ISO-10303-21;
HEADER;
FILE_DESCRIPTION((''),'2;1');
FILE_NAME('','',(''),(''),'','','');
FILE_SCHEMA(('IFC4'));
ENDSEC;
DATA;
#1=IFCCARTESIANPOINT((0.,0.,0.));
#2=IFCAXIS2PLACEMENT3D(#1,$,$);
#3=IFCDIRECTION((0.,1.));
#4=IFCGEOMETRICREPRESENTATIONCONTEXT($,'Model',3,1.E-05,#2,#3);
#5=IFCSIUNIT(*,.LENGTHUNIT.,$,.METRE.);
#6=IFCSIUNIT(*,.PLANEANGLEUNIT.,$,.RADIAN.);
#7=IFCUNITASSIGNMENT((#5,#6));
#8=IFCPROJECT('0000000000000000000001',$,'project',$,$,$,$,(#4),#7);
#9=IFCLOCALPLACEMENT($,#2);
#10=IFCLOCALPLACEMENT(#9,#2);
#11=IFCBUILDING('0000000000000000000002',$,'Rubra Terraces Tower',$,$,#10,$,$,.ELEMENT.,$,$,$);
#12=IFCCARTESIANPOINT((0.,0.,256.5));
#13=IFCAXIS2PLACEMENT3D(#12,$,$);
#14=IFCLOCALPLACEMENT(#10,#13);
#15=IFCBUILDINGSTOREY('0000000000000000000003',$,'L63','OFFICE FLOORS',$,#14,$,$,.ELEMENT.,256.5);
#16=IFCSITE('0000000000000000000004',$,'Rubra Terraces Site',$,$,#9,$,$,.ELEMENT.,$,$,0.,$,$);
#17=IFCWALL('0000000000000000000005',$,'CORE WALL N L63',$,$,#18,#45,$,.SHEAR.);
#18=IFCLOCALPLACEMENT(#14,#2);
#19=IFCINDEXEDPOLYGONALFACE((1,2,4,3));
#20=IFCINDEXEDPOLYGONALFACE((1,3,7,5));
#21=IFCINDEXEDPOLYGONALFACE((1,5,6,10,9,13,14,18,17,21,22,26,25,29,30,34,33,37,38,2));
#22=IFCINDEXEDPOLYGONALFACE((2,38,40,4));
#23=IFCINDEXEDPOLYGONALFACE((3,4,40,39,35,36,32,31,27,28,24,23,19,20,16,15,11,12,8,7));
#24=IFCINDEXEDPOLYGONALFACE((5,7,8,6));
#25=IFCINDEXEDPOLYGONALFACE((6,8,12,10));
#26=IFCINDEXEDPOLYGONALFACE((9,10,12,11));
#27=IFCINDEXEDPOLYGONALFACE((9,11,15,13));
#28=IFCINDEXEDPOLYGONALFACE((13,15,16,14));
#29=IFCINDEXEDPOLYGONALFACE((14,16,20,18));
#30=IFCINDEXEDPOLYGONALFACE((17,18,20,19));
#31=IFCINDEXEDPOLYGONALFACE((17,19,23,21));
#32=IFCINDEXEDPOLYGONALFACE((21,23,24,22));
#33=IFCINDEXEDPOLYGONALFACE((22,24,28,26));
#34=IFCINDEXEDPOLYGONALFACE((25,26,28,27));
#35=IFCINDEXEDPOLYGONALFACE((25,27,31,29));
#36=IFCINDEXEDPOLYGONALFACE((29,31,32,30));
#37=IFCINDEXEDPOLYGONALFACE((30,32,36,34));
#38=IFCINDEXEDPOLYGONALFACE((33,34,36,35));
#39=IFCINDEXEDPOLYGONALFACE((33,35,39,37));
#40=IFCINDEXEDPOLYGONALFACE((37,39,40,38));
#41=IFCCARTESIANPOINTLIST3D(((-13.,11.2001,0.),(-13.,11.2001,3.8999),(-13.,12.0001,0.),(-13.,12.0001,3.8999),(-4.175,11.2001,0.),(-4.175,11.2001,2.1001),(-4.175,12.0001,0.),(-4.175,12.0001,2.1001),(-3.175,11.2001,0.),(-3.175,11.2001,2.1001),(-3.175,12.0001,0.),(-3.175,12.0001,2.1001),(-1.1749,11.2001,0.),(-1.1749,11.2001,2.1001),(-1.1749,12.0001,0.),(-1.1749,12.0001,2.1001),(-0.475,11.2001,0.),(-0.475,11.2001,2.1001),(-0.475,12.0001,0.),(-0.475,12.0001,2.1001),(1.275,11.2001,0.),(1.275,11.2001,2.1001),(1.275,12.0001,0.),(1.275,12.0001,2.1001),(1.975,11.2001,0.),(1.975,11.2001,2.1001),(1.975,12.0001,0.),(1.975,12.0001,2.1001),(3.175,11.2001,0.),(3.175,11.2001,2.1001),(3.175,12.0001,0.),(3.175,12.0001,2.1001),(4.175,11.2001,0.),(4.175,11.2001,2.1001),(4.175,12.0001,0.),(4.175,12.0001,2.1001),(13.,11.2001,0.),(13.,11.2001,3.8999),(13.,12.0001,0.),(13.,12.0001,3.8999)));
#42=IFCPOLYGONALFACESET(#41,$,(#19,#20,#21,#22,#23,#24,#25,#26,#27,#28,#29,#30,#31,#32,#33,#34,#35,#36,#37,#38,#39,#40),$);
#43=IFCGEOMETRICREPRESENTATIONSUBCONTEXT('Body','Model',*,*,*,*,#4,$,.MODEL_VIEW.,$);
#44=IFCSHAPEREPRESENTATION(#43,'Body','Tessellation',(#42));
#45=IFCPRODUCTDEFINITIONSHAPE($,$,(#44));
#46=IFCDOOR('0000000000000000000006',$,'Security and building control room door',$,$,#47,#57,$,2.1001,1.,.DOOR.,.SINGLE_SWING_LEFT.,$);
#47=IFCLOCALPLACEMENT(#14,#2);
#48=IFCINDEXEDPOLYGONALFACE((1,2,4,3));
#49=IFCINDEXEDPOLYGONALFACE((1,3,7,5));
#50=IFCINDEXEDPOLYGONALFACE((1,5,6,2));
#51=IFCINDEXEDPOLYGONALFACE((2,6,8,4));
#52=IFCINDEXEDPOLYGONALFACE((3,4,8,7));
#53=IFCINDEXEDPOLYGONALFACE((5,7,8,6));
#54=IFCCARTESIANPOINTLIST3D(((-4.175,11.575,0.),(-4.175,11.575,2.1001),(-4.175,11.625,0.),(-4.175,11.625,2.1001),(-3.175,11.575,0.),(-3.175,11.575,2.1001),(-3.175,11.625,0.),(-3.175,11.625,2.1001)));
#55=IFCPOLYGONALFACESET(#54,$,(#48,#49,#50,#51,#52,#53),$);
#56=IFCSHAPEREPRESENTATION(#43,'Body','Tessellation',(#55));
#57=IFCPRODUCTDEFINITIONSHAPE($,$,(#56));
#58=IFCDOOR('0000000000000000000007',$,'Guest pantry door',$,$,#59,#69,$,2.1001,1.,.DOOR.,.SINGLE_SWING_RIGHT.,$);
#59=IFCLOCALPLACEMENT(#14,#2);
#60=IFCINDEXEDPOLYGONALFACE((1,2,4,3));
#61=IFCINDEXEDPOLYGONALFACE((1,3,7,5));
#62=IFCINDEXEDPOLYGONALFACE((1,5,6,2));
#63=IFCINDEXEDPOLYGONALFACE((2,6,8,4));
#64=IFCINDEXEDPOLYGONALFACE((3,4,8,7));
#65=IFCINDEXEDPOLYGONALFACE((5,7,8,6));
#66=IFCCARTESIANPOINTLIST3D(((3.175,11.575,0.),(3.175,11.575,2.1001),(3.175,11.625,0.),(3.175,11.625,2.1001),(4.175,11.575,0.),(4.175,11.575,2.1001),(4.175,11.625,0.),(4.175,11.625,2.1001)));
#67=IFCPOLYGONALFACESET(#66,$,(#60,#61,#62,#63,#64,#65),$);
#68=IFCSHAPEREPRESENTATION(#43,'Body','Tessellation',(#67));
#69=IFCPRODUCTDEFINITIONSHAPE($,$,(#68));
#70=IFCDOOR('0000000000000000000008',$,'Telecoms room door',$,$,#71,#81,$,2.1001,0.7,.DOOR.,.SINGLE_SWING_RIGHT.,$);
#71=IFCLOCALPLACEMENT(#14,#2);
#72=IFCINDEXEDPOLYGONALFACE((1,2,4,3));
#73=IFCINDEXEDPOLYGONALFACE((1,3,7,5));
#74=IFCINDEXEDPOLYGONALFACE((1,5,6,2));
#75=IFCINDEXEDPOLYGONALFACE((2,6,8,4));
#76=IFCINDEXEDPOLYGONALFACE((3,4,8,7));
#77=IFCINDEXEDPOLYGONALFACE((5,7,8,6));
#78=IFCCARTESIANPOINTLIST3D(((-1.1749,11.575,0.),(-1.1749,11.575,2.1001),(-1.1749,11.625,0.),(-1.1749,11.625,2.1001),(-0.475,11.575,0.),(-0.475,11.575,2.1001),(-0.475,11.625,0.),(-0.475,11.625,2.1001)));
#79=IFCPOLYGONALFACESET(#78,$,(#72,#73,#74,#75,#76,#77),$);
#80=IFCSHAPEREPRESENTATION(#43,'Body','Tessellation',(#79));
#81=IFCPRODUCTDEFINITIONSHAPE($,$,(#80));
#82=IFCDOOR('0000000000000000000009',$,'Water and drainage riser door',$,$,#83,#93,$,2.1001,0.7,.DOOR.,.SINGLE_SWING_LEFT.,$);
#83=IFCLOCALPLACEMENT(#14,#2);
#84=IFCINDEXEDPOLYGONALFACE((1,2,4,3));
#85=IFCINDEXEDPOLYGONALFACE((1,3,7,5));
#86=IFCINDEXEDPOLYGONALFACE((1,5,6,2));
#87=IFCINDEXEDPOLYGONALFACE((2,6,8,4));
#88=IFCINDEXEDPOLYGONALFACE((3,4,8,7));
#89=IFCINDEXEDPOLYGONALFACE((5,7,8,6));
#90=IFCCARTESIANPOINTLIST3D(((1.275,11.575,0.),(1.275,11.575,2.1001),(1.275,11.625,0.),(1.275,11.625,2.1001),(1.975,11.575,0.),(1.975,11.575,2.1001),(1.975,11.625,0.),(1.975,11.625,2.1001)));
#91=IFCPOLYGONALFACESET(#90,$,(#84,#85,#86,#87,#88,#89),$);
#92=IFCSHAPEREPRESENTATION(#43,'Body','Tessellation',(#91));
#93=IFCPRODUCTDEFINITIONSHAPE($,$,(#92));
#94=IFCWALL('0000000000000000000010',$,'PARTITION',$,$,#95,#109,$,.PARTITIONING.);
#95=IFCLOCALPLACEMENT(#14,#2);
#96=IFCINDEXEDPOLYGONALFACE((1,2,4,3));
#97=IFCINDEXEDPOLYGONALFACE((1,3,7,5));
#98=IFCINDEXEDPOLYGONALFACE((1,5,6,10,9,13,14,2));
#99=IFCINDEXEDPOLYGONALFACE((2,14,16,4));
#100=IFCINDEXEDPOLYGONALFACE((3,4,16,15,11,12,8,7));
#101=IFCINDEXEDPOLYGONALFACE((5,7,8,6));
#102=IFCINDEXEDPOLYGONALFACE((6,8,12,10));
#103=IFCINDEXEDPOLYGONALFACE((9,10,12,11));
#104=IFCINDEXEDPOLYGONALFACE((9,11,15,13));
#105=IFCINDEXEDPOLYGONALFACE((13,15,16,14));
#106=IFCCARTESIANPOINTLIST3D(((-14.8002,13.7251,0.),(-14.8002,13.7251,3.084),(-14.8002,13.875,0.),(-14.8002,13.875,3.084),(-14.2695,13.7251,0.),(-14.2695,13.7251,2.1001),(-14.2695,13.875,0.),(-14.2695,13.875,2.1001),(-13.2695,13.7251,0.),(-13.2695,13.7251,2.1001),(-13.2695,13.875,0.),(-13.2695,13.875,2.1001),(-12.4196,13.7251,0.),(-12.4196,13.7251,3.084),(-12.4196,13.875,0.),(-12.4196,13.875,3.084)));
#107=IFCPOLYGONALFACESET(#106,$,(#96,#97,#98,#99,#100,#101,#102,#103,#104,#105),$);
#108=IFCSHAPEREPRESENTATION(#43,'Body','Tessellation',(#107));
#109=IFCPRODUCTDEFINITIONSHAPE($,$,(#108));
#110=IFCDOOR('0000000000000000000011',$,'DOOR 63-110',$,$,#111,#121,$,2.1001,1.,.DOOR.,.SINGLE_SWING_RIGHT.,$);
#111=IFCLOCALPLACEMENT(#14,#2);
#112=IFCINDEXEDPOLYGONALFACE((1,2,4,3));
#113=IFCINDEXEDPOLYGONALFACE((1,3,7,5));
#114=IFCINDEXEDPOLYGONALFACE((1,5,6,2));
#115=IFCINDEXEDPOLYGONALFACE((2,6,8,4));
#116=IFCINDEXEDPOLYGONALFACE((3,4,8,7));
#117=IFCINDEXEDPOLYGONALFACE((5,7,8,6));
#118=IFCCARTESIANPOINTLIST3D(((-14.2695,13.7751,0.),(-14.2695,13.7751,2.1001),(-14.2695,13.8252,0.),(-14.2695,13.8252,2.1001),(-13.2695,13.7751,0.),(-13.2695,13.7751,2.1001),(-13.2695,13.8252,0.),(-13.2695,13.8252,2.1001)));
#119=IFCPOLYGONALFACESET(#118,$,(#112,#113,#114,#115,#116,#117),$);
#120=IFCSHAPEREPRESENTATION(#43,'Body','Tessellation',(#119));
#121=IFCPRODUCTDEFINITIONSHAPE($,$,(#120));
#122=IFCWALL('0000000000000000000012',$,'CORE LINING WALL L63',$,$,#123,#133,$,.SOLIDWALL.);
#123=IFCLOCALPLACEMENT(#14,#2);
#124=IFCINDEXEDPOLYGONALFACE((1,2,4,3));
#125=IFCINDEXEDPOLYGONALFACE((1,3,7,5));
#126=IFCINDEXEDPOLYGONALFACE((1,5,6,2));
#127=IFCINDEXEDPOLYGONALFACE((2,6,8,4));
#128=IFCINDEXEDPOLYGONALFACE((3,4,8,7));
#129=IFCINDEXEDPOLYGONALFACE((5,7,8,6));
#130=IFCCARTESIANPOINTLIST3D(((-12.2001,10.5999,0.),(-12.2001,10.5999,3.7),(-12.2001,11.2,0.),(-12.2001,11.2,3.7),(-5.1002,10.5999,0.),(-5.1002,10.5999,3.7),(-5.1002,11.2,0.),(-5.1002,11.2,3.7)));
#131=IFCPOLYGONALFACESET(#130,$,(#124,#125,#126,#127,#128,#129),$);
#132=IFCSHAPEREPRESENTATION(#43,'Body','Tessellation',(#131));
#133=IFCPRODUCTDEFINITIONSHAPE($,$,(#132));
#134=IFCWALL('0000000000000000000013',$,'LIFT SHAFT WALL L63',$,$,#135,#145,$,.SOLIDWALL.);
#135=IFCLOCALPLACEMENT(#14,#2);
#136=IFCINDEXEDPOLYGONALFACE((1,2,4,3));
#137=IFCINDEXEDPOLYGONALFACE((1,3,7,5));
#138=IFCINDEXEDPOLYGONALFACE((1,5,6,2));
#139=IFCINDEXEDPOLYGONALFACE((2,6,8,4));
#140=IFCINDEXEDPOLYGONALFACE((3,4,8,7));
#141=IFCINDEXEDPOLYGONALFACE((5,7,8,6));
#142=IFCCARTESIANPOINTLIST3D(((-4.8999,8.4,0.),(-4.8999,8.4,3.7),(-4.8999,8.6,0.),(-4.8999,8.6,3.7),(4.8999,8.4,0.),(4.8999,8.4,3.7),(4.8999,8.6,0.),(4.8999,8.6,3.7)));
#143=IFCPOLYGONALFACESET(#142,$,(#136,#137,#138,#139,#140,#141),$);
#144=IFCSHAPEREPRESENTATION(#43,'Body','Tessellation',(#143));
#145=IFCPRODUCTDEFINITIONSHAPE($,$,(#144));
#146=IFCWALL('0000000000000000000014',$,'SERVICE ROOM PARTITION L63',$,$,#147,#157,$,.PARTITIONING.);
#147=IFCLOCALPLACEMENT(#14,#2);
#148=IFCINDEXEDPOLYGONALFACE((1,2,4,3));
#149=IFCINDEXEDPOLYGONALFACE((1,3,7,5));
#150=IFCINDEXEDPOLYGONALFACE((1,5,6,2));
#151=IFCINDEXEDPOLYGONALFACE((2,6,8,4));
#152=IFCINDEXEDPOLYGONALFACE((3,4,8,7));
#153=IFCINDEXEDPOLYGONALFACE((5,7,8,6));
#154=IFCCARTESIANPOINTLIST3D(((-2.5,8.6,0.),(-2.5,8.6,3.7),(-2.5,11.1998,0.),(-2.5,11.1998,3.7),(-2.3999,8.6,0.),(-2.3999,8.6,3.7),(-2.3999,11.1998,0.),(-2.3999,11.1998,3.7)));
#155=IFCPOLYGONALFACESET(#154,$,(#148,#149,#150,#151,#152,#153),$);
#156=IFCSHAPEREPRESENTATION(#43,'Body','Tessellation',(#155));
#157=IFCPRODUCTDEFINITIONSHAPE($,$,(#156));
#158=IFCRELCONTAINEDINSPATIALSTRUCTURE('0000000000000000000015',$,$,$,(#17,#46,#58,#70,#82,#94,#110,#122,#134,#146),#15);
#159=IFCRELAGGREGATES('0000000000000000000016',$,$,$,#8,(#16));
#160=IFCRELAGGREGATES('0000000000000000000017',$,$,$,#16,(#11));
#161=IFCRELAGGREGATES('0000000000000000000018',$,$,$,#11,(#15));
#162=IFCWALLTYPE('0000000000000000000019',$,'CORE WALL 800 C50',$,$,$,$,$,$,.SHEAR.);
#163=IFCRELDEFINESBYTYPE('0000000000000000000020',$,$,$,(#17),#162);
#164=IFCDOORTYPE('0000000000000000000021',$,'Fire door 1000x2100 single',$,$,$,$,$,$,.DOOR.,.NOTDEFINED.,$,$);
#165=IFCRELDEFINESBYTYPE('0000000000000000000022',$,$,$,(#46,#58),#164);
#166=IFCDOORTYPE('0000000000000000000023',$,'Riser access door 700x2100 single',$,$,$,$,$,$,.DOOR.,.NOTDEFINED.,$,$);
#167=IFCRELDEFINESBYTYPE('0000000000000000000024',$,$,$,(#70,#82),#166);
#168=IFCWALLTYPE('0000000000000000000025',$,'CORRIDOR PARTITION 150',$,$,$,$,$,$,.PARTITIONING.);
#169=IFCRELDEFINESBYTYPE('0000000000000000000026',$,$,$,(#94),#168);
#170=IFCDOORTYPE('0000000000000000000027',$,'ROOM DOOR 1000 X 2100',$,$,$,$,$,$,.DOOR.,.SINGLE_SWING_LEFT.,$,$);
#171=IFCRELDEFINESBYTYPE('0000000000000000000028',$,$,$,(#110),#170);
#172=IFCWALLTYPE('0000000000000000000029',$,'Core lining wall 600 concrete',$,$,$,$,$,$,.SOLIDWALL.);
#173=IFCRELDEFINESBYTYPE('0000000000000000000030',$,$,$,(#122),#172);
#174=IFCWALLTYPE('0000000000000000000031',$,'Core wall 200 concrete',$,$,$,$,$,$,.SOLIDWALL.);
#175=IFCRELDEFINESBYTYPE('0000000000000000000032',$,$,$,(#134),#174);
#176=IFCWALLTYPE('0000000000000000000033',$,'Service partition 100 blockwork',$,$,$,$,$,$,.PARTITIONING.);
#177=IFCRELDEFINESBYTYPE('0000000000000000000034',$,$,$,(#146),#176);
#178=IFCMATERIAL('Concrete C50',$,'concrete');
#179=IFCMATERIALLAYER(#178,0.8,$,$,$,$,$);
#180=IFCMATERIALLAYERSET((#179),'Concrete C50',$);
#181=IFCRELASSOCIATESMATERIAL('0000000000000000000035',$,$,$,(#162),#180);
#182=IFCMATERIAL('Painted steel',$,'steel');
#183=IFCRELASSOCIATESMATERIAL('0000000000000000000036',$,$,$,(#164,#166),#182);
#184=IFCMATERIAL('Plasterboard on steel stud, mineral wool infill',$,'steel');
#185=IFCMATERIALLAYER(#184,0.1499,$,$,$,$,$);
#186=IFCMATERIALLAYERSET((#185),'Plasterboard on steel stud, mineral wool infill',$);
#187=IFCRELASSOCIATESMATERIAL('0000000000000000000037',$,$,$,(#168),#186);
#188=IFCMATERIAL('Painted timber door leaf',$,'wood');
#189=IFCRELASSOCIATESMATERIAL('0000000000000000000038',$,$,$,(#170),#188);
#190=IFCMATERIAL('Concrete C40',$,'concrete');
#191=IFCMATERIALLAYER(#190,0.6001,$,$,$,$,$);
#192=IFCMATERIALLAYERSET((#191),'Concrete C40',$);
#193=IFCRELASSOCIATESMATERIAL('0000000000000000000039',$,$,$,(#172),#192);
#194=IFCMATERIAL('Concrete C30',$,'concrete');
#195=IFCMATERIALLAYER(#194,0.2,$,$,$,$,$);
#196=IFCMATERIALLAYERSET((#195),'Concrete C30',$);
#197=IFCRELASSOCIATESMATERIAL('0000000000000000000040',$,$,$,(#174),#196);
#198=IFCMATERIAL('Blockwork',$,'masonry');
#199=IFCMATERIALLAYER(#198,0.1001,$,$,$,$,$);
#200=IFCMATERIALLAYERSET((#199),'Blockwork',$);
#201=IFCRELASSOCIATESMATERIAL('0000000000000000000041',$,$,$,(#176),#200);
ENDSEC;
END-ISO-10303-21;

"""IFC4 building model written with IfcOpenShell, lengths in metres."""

from ifc_helpers import new_model, si_unit, direction, frame, frame_2d, origin, place, context, subcontext, project, spatial, rectangle, extrude, material, layer, layer_set, type_object, element, fill, save


model = new_model("IFC4")

# Units and contexts
model_context = context("Model", 3, precision=1e-05, world=origin(), true_north=direction((0.0, 1.0)))
body_context = subcontext(model_context, "Body", "Model", "MODEL_VIEW")
ifc_project = project(units=[si_unit("LENGTHUNIT", "METRE"), si_unit("PLANEANGLEUNIT", "RADIAN")], contexts=[model_context])

# Site, building, storey
site_placement = place(None, origin())
site = spatial("IfcSite", under=ifc_project, at=site_placement, Name="Rubra Terraces Site", CompositionType="ELEMENT", RefElevation=0.0)
building_placement = place(site_placement, origin())
building = spatial("IfcBuilding", under=site, at=building_placement, Name="Rubra Terraces Tower", CompositionType="ELEMENT")
storey_placement = place(building_placement, frame((0.0, 0.0, 256.5)))
storey = spatial("IfcBuildingStorey", under=building, at=storey_placement, Name="L63", Description="OFFICE FLOORS", CompositionType="ELEMENT", Elevation=256.5)

# Wall, openings, doors
ifc_material_1 = material(Name="Concrete C50", Category="concrete")
ifc_layer_1 = layer(ifc_material_1, 0.8)
ifc_layer_set_1 = layer_set([ifc_layer_1], Name="Concrete C50")
wall_type_1 = type_object("IfcWallType", Name="CORE WALL 800 C50", PredefinedType="SHEAR", material=ifc_layer_set_1)
wall_1_placement = place(storey_placement, frame((-13.0, 11.6001, 0.0), z_axis=(0.0, 0.0, 1.0), x_axis=(1.0, 0.0, 0.0)))
wall_1 = element("IfcWall", 1, at=wall_1_placement, inside=storey, type_object=wall_type_1, Name="CORE WALL N L63", PredefinedType="SHEAR", context=body_context, shape_type="SweptSolid", body=[
    extrude(rectangle(XDim=26.0, YDim=0.8, at=frame_2d((13.0, 0.0))), origin(), (0.0, 0.0, 1.0), 3.8999),
])
opening_1_placement = place(wall_1_placement, frame((8.825, 0.0, 0.0)))
opening_1 = element("IfcOpeningElement", 2, at=opening_1_placement, cuts=wall_1, PredefinedType="OPENING", context=body_context, shape_type="SweptSolid", body=[
    extrude(rectangle(XDim=1.0, YDim=2.1001, at=frame_2d((0.5, 1.05))), frame((0.0, 0.4099, 0.0), z_axis=(0.0, -1.0, 0.0), x_axis=(1.0, 0.0, 0.0)), (0.0, 0.0, 1.0), 0.8201),
])
opening_2_placement = place(wall_1_placement, frame((11.825, 0.0, 0.0)))
opening_2 = element("IfcOpeningElement", 3, at=opening_2_placement, cuts=wall_1, PredefinedType="OPENING", context=body_context, shape_type="SweptSolid", body=[
    extrude(rectangle(XDim=0.7, YDim=2.1001, at=frame_2d((0.3501, 1.05))), frame((0.0, 0.4099, 0.0), z_axis=(0.0, -1.0, 0.0), x_axis=(1.0, 0.0, 0.0)), (0.0, 0.0, 1.0), 0.8201),
])
opening_3_placement = place(wall_1_placement, frame((14.2749, 0.0, 0.0)))
opening_3 = element("IfcOpeningElement", 4, at=opening_3_placement, cuts=wall_1, PredefinedType="OPENING", context=body_context, shape_type="SweptSolid", body=[
    extrude(rectangle(XDim=0.7, YDim=2.1001, at=frame_2d((0.3501, 1.05))), frame((0.0, 0.4099, 0.0), z_axis=(0.0, -1.0, 0.0), x_axis=(1.0, 0.0, 0.0)), (0.0, 0.0, 1.0), 0.8201),
])
opening_4_placement = place(wall_1_placement, frame((16.175, 0.0, 0.0)))
opening_4 = element("IfcOpeningElement", 5, at=opening_4_placement, cuts=wall_1, PredefinedType="OPENING", context=body_context, shape_type="SweptSolid", body=[
    extrude(rectangle(XDim=1.0, YDim=2.1001, at=frame_2d((0.5, 1.05))), frame((0.0, 0.4099, 0.0), z_axis=(0.0, -1.0, 0.0), x_axis=(1.0, 0.0, 0.0)), (0.0, 0.0, 1.0), 0.8201),
])
ifc_material_2 = material(Name="Painted steel", Category="steel")
door_type_1 = type_object("IfcDoorType", Name="Fire door 1000x2100 single", OperationType="NOTDEFINED", PredefinedType="DOOR", material=ifc_material_2)
door_1_placement = place(opening_1_placement, origin())
door_1 = element("IfcDoor", 6, at=door_1_placement, inside=storey, type_object=door_type_1, Name="Security and building control room door", OperationType="SINGLE_SWING_LEFT", OverallHeight=2.1001, OverallWidth=1.0, PredefinedType="DOOR", context=body_context, shape_type="SweptSolid", body=[
    extrude(rectangle(XDim=1.0, YDim=2.1001, at=frame_2d((0.5, 1.05))), frame((0.0, 0.0249, 0.0), z_axis=(0.0, -1.0, 0.0), x_axis=(1.0, 0.0, 0.0)), (0.0, 0.0, 1.0), 0.05),
])
fill(opening_1, door_1)
door_2_placement = place(opening_4_placement, origin())
door_2 = element("IfcDoor", 7, at=door_2_placement, inside=storey, type_object=door_type_1, Name="Guest pantry door", OperationType="SINGLE_SWING_RIGHT", OverallHeight=2.1001, OverallWidth=1.0, PredefinedType="DOOR", context=body_context, shape_type="SweptSolid", body=[
    extrude(rectangle(XDim=1.0, YDim=2.1001, at=frame_2d((0.5, 1.05))), frame((0.0, 0.0249, 0.0), z_axis=(0.0, -1.0, 0.0), x_axis=(1.0, 0.0, 0.0)), (0.0, 0.0, 1.0), 0.05),
])
fill(opening_4, door_2)
door_type_2 = type_object("IfcDoorType", Name="Riser access door 700x2100 single", OperationType="NOTDEFINED", PredefinedType="DOOR", material=ifc_material_2)
door_3_placement = place(opening_2_placement, origin())
door_3 = element("IfcDoor", 8, at=door_3_placement, inside=storey, type_object=door_type_2, Name="Telecoms room door", OperationType="SINGLE_SWING_RIGHT", OverallHeight=2.1001, OverallWidth=0.7, PredefinedType="DOOR", context=body_context, shape_type="SweptSolid", body=[
    extrude(rectangle(XDim=0.7, YDim=2.1001, at=frame_2d((0.3501, 1.05))), frame((0.0, 0.0249, 0.0), z_axis=(0.0, -1.0, 0.0), x_axis=(1.0, 0.0, 0.0)), (0.0, 0.0, 1.0), 0.05),
])
fill(opening_2, door_3)
door_4_placement = place(opening_3_placement, origin())
door_4 = element("IfcDoor", 9, at=door_4_placement, inside=storey, type_object=door_type_2, Name="Water and drainage riser door", OperationType="SINGLE_SWING_LEFT", OverallHeight=2.1001, OverallWidth=0.7, PredefinedType="DOOR", context=body_context, shape_type="SweptSolid", body=[
    extrude(rectangle(XDim=0.7, YDim=2.1001, at=frame_2d((0.3501, 1.05))), frame((0.0, 0.0249, 0.0), z_axis=(0.0, -1.0, 0.0), x_axis=(1.0, 0.0, 0.0)), (0.0, 0.0, 1.0), 0.05),
])
fill(opening_3, door_4)

# Wall, opening, door
ifc_material_3 = material(Name="Plasterboard on steel stud, mineral wool infill", Category="steel")
ifc_layer_2 = layer(ifc_material_3, 0.1499)
ifc_layer_set_2 = layer_set([ifc_layer_2], Name="Plasterboard on steel stud, mineral wool infill")
wall_type_2 = type_object("IfcWallType", Name="CORRIDOR PARTITION 150", PredefinedType="PARTITIONING", material=ifc_layer_set_2)
wall_2_placement = place(storey_placement, frame((-12.4194, 13.8, 0.0), z_axis=(0.0, 0.0, 1.0), x_axis=(-1.0, 0.0, 0.0)))
wall_2 = element("IfcWall", 10, at=wall_2_placement, inside=storey, type_object=wall_type_2, Name="PARTITION", PredefinedType="PARTITIONING", context=body_context, shape_type="SweptSolid", body=[
    extrude(rectangle(XDim=2.3806, YDim=0.1499, at=frame_2d((1.1904, 0.0))), origin(), (0.0, 0.0, 1.0), 3.084),
])
opening_5_placement = place(wall_2_placement, frame((0.8501, 0.0, 0.0)))
opening_5 = element("IfcOpeningElement", 11, at=opening_5_placement, cuts=wall_2, PredefinedType="OPENING", context=body_context, shape_type="SweptSolid", body=[
    extrude(rectangle(XDim=1.0, YDim=2.1001, at=frame_2d((0.5, 1.05))), frame((0.0, 0.085, 0.0), z_axis=(0.0, -1.0, 0.0), x_axis=(1.0, 0.0, 0.0)), (0.0, 0.0, 1.0), 0.1699),
])
ifc_material_4 = material(Name="Painted timber door leaf", Category="wood")
door_type_3 = type_object("IfcDoorType", Name="ROOM DOOR 1000 X 2100", OperationType="SINGLE_SWING_LEFT", PredefinedType="DOOR", material=ifc_material_4)
door_5_placement = place(opening_5_placement, origin())
door_5 = element("IfcDoor", 12, at=door_5_placement, inside=storey, type_object=door_type_3, Name="DOOR 63-110", OperationType="SINGLE_SWING_RIGHT", OverallHeight=2.1001, OverallWidth=1.0, PredefinedType="DOOR", context=body_context, shape_type="SweptSolid", body=[
    extrude(rectangle(XDim=1.0, YDim=2.1001, at=frame_2d((0.5, 1.05))), frame((0.0, 0.0249, 0.0), z_axis=(0.0, -1.0, 0.0), x_axis=(1.0, 0.0, 0.0)), (0.0, 0.0, 1.0), 0.05),
])
fill(opening_5, door_5)

# Walls
ifc_material_5 = material(Name="Concrete C40", Category="concrete")
ifc_layer_3 = layer(ifc_material_5, 0.6001)
ifc_layer_set_3 = layer_set([ifc_layer_3], Name="Concrete C40")
wall_type_3 = type_object("IfcWallType", Name="Core lining wall 600 concrete", PredefinedType="SOLIDWALL", material=ifc_layer_set_3)
wall_3_placement = place(storey_placement, frame((-12.2, 10.8999, 0.0), z_axis=(0.0, 0.0, 1.0), x_axis=(1.0, 0.0, 0.0)))
element("IfcWall", 13, at=wall_3_placement, inside=storey, type_object=wall_type_3, Name="CORE LINING WALL L63", PredefinedType="SOLIDWALL", context=body_context, shape_type="SweptSolid", body=[
    extrude(rectangle(XDim=7.0999, YDim=0.6001, at=frame_2d((3.5498, 0.0))), origin(), (0.0, 0.0, 1.0), 3.7),
])
ifc_material_6 = material(Name="Concrete C30", Category="concrete")
ifc_layer_4 = layer(ifc_material_6, 0.2)
ifc_layer_set_4 = layer_set([ifc_layer_4], Name="Concrete C30")
wall_type_4 = type_object("IfcWallType", Name="Core wall 200 concrete", PredefinedType="SOLIDWALL", material=ifc_layer_set_4)
wall_4_placement = place(storey_placement, frame((-4.8999, 8.5, 0.0), z_axis=(0.0, 0.0, 1.0), x_axis=(1.0, 0.0, 0.0)))
element("IfcWall", 14, at=wall_4_placement, inside=storey, type_object=wall_type_4, Name="LIFT SHAFT WALL L63", PredefinedType="SOLIDWALL", context=body_context, shape_type="SweptSolid", body=[
    extrude(rectangle(XDim=9.7998, YDim=0.2, at=frame_2d((4.8999, 0.0))), origin(), (0.0, 0.0, 1.0), 3.7),
])
ifc_material_7 = material(Name="Blockwork", Category="masonry")
ifc_layer_5 = layer(ifc_material_7, 0.1001)
ifc_layer_set_5 = layer_set([ifc_layer_5], Name="Blockwork")
wall_type_5 = type_object("IfcWallType", Name="Service partition 100 blockwork", PredefinedType="PARTITIONING", material=ifc_layer_set_5)
wall_5_placement = place(storey_placement, frame((-2.45, 8.6001, 0.0), z_axis=(0.0, 0.0, 1.0), x_axis=(0.0, 1.0, 0.0)))
element("IfcWall", 15, at=wall_5_placement, inside=storey, type_object=wall_type_5, Name="SERVICE ROOM PARTITION L63", PredefinedType="PARTITIONING", context=body_context, shape_type="SweptSolid", body=[
    extrude(rectangle(XDim=2.5999, YDim=0.1001, at=frame_2d((1.2998, 0.0))), origin(), (0.0, 0.0, 1.0), 3.7),
])

save(model, "model.ifc")
